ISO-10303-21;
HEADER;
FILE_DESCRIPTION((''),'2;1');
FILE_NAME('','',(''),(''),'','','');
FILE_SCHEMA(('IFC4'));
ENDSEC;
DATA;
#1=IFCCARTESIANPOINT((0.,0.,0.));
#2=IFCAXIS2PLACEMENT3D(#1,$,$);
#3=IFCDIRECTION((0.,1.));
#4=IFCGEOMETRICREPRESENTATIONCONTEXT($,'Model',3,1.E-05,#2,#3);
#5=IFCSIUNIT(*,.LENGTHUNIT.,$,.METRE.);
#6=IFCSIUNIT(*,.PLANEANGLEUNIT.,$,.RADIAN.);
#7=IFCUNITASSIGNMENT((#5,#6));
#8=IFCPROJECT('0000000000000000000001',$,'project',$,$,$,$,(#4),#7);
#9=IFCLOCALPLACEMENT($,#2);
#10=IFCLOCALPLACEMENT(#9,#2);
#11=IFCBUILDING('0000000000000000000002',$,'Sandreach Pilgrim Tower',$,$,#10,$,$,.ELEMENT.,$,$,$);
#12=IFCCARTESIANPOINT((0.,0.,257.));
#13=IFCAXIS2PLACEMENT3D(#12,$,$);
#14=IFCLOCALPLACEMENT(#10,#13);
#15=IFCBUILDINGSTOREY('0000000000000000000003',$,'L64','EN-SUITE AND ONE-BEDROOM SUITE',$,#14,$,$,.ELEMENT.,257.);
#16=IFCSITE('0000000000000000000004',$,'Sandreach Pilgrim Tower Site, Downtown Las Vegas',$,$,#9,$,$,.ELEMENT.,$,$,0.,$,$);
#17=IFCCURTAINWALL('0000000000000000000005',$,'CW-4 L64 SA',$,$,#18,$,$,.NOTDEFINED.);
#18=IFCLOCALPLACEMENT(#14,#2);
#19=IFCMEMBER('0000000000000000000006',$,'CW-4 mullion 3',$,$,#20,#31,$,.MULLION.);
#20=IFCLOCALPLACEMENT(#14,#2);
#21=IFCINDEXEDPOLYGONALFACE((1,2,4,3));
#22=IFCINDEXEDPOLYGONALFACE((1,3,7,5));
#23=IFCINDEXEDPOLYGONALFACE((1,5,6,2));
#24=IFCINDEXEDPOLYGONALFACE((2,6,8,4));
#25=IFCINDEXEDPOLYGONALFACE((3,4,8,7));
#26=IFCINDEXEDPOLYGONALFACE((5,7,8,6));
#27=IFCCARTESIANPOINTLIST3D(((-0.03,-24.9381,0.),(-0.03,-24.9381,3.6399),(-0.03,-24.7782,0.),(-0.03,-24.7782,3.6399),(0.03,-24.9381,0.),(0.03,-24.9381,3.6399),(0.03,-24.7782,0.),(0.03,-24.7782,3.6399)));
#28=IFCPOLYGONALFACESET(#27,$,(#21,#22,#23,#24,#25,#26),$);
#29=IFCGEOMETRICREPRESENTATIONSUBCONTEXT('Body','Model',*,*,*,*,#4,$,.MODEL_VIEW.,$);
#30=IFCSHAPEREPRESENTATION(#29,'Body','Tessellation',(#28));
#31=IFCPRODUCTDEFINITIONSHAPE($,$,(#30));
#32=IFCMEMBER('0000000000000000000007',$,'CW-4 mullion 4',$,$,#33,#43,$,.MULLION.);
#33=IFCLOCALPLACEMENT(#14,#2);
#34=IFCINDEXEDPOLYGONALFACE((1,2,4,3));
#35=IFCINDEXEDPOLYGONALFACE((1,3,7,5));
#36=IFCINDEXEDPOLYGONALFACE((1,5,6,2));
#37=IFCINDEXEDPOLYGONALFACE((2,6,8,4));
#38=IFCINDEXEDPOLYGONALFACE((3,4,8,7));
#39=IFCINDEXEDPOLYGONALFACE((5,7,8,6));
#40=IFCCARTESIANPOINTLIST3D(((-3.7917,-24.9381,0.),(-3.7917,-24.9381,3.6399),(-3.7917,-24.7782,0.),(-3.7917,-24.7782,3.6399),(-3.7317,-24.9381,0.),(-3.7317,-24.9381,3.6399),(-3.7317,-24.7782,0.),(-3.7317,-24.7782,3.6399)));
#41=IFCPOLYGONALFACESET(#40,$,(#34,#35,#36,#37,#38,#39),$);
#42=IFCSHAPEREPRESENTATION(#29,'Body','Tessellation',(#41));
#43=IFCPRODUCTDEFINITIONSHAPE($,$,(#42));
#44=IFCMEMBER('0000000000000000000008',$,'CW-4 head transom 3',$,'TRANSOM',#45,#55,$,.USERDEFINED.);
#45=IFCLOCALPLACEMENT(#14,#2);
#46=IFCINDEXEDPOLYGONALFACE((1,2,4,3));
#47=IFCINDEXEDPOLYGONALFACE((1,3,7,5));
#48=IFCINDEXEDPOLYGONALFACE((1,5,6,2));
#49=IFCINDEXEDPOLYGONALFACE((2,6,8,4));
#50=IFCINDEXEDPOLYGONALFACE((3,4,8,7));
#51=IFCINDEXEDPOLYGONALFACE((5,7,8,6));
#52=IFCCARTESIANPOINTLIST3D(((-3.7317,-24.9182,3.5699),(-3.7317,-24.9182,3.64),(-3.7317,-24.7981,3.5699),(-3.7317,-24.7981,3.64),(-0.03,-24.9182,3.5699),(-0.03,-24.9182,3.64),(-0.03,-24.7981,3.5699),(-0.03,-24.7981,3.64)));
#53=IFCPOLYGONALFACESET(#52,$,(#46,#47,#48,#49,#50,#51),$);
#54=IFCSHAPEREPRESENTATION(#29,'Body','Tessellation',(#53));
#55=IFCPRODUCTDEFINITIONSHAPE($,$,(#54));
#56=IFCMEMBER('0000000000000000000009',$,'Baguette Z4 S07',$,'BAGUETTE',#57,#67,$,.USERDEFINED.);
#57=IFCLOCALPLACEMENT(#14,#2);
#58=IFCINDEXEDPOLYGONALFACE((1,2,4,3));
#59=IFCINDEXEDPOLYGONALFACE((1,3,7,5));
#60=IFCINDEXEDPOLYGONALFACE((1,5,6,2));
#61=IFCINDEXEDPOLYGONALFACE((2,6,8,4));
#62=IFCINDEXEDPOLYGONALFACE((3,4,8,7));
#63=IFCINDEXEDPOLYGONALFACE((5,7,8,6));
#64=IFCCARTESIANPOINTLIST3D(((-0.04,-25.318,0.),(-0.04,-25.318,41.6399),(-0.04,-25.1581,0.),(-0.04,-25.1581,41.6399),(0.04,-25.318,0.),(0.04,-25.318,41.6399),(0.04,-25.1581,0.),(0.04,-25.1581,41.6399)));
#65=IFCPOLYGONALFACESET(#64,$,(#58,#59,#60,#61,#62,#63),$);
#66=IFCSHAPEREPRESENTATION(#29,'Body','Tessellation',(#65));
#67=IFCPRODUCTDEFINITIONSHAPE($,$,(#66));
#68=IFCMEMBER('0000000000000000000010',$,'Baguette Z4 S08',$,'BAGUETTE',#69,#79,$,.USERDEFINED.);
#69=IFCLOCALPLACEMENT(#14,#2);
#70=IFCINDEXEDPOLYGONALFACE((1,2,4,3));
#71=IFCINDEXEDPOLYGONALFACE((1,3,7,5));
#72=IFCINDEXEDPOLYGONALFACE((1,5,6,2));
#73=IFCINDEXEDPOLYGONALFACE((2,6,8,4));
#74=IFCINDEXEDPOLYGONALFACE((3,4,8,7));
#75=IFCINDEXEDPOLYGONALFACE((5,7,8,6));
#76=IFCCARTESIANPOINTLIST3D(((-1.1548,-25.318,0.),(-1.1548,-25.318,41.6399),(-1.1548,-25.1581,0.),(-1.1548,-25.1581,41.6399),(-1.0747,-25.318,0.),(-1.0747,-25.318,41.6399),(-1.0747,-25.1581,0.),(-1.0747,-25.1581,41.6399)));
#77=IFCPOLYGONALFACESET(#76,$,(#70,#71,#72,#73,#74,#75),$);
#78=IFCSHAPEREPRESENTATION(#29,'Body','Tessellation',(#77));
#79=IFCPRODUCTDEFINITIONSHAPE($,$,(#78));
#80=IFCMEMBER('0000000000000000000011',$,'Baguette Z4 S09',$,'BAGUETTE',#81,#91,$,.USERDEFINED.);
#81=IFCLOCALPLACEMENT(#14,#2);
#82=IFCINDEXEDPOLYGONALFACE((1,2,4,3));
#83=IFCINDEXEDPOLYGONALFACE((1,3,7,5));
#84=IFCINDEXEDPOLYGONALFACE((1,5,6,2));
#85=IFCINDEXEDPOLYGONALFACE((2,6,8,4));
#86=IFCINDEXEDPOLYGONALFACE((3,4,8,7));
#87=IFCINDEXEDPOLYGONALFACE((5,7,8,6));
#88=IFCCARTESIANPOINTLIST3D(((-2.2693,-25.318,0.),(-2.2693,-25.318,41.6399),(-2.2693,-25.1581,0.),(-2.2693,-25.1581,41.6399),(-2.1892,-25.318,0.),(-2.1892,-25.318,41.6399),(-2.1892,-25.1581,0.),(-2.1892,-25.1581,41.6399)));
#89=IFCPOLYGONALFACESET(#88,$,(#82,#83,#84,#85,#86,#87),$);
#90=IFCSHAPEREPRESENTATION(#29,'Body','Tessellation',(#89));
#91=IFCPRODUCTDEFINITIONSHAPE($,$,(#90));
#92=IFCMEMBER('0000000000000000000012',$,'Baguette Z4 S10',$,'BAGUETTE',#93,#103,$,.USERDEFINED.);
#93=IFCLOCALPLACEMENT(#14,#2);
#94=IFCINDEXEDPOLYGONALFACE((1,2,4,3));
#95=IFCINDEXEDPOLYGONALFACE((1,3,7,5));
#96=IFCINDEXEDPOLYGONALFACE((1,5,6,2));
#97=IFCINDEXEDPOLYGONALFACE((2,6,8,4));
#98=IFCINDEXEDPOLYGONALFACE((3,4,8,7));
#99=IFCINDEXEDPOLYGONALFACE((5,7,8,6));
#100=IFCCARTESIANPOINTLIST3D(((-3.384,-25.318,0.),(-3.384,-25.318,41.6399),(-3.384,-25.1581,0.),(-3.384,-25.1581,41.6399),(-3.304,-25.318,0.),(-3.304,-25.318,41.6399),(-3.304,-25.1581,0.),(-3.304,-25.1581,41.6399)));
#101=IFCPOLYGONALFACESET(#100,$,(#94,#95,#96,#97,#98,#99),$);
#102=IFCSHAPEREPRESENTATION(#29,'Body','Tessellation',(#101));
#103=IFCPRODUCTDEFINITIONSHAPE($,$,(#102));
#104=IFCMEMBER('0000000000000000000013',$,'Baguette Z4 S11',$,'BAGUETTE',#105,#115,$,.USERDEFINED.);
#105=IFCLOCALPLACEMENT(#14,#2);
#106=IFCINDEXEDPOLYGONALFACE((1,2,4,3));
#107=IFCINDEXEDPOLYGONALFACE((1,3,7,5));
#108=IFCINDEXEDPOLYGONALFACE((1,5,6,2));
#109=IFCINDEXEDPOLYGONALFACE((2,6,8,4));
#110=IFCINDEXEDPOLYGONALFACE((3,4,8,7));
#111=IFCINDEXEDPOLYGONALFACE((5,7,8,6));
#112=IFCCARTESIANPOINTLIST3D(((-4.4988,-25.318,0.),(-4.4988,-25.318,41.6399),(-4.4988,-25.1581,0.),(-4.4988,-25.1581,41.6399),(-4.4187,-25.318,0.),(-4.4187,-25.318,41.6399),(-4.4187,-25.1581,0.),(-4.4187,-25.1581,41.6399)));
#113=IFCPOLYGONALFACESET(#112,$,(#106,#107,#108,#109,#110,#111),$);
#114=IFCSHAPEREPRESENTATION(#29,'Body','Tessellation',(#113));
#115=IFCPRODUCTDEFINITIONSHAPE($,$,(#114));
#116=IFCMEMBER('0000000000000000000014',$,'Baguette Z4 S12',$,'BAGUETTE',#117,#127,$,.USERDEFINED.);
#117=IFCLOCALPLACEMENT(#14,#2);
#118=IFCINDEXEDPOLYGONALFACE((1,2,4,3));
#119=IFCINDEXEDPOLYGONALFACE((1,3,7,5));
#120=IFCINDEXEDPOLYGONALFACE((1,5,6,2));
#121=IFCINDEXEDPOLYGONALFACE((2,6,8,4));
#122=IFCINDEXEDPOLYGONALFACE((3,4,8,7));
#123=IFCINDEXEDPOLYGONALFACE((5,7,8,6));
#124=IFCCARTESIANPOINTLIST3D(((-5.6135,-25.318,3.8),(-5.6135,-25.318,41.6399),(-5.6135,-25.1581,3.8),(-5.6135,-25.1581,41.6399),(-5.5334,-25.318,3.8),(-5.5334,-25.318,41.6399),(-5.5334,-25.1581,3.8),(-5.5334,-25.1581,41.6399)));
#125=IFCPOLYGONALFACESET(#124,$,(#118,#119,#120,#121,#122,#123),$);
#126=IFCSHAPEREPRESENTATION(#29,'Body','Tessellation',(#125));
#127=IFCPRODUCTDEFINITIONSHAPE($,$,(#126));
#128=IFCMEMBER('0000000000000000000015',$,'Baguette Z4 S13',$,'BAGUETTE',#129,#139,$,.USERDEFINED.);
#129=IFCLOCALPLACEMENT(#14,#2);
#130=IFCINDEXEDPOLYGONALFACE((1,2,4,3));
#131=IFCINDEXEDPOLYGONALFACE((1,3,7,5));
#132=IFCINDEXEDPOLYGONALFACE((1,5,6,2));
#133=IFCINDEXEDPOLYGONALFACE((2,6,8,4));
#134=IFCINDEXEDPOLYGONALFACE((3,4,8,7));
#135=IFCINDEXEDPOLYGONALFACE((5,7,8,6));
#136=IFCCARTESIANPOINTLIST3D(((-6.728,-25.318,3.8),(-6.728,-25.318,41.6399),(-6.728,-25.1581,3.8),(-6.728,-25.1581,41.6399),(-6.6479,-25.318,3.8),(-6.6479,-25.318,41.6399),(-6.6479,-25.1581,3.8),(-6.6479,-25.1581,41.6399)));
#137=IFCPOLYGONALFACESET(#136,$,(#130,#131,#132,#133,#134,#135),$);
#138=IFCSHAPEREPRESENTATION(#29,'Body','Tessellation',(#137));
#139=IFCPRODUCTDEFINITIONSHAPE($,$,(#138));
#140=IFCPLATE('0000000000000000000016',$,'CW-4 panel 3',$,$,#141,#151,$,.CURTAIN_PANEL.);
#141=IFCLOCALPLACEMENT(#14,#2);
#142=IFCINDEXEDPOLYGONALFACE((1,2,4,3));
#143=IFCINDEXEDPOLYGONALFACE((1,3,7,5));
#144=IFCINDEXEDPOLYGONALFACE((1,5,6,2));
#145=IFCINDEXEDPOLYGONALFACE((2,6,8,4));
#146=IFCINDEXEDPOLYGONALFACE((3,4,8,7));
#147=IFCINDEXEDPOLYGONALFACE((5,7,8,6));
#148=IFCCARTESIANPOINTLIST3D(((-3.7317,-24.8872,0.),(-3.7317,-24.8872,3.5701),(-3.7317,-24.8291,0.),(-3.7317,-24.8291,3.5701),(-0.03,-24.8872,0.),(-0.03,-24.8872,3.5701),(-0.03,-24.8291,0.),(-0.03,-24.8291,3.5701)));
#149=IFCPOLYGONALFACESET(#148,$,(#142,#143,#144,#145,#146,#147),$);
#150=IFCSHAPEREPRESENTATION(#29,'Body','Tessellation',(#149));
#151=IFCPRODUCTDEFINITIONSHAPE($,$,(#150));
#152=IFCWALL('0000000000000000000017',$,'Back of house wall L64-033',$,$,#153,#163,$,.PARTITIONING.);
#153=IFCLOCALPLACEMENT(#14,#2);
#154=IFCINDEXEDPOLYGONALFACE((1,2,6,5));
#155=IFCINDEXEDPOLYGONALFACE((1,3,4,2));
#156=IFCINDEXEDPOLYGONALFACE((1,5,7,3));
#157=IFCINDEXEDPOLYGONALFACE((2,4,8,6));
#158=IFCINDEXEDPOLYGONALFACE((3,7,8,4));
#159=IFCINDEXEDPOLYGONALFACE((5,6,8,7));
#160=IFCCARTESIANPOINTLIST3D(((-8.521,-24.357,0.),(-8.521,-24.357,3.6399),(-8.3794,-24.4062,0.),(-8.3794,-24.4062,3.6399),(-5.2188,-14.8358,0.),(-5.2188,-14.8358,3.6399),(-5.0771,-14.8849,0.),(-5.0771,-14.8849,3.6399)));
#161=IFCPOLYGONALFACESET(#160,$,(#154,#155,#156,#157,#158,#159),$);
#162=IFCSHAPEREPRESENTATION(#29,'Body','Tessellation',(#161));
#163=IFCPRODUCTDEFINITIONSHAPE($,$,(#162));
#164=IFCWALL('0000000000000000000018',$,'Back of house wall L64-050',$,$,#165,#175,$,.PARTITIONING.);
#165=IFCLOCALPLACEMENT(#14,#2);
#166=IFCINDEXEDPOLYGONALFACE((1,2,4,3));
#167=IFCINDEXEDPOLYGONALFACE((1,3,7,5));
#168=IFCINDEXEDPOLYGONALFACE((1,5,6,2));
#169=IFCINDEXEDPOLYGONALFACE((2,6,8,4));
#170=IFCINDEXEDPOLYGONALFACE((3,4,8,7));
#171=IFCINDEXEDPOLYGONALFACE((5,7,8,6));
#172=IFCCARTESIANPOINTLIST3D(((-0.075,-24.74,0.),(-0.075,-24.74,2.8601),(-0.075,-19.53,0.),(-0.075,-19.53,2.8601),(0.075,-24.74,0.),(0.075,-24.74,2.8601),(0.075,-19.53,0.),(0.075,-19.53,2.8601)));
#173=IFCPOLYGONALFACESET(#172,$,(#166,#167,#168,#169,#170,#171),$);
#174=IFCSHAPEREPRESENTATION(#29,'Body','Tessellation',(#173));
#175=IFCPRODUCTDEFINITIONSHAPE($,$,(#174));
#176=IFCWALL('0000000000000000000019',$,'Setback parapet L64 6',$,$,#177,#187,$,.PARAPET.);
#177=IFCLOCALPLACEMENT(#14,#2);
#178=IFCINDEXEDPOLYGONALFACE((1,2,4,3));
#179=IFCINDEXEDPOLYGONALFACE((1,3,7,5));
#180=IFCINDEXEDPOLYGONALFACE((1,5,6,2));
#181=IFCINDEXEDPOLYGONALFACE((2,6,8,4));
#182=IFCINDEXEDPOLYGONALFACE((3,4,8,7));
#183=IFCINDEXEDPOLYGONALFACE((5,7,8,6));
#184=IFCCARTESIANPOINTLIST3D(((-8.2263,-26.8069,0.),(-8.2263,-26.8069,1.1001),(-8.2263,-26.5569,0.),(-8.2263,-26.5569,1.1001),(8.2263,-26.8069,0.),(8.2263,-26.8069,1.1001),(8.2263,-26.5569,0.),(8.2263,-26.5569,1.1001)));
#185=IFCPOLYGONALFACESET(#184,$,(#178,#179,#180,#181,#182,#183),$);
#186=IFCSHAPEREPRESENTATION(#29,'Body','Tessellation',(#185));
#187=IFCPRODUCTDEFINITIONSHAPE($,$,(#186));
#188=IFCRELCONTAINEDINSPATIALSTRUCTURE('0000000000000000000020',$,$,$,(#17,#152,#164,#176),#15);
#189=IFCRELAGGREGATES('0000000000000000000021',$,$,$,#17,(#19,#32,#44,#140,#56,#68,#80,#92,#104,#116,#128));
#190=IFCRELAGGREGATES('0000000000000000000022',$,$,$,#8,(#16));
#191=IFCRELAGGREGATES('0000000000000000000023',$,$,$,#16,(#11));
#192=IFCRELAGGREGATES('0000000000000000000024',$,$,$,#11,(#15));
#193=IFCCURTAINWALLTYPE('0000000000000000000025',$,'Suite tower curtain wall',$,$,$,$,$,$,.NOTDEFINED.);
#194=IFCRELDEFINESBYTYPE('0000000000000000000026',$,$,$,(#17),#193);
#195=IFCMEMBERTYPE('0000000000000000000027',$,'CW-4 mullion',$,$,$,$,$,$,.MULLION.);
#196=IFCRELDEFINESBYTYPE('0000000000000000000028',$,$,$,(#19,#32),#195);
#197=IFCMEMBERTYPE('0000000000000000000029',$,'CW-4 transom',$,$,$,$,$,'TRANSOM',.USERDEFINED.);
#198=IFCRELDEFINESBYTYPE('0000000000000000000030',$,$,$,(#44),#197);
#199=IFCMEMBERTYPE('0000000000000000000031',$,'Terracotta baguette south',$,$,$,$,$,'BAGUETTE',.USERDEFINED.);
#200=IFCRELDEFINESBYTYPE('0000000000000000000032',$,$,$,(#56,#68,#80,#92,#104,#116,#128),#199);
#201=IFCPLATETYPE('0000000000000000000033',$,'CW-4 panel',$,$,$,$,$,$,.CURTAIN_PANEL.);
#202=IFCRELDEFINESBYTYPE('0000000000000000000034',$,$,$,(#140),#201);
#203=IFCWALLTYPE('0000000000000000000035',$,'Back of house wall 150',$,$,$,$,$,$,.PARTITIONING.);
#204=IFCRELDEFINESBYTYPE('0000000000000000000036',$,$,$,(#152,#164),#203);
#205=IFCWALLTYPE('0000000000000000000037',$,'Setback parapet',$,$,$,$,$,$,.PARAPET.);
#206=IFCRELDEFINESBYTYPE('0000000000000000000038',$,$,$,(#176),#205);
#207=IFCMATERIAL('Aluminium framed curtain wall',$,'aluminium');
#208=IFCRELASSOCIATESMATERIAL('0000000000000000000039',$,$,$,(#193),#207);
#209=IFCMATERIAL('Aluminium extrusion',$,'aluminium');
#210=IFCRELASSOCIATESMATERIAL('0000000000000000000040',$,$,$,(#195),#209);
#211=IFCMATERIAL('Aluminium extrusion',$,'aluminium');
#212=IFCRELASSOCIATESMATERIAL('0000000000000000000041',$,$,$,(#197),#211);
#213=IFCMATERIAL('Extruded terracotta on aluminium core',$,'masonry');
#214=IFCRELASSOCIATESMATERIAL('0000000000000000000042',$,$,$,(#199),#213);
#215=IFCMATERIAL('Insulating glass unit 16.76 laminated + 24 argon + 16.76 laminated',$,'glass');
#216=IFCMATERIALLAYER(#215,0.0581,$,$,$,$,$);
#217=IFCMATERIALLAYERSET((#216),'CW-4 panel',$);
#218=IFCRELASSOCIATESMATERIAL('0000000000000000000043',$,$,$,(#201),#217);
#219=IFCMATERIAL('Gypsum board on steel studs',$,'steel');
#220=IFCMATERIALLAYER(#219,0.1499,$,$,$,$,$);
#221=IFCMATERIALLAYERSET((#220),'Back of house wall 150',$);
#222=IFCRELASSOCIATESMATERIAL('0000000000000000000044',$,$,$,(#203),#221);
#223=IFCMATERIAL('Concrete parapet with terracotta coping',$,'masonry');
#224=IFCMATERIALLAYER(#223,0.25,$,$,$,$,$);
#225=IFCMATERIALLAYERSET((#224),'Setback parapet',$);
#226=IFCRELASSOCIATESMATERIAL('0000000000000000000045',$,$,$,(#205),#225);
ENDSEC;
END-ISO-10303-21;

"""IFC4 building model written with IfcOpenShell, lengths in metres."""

from ifc_helpers import new_model, si_unit, direction, frame, frame_2d, origin, origin_2d, place, context, subcontext, project, spatial, rectangle, extrude, material, layer, layer_set, material_profile, profile_set, type_object, element, aggregate, save


model = new_model("IFC4")

# Units and contexts
model_context = context("Model", 3, precision=1e-05, world=origin(), true_north=direction((0.0, 1.0)))
body_context = subcontext(model_context, "Body", "Model", "MODEL_VIEW")
ifc_project = project(units=[si_unit("LENGTHUNIT", "METRE"), si_unit("PLANEANGLEUNIT", "RADIAN")], contexts=[model_context])

# Site, building, storey
site_placement = place(None, origin())
site = spatial("IfcSite", under=ifc_project, at=site_placement, Name="Sandreach Pilgrim Tower Site, Downtown Las Vegas", CompositionType="ELEMENT", RefElevation=0.0)
building_placement = place(site_placement, origin())
building = spatial("IfcBuilding", under=site, at=building_placement, Name="Sandreach Pilgrim Tower", CompositionType="ELEMENT")
storey_placement = place(building_placement, frame((0.0, 0.0, 257.0)))
storey = spatial("IfcBuildingStorey", under=building, at=storey_placement, Name="L64", Description="EN-SUITE AND ONE-BEDROOM SUITE", CompositionType="ELEMENT", Elevation=257.0)

# Curtain wall, members, plate
ifc_material_1 = material(Name="Aluminium framed curtain wall", Category="aluminium")
curtain_wall_type = type_object("IfcCurtainWallType", Name="Suite tower curtain wall", PredefinedType="NOTDEFINED", material=ifc_material_1)
curtain_wall_placement = place(storey_placement, origin())
curtain_wall = element("IfcCurtainWall", 1, at=curtain_wall_placement, inside=storey, type_object=curtain_wall_type, Name="CW-4 L64 SA", PredefinedType="NOTDEFINED")
ifc_material_2 = material(Name="Aluminium extrusion", Category="aluminium")
ifc_material_profile_1 = material_profile(ifc_material_2, rectangle(XDim=0.0601, YDim=0.1599, at=origin_2d()), Name="CW-4M 60X160")
ifc_profile_set_1 = profile_set([ifc_material_profile_1], Name="Aluminium extrusion")
member_type_1 = type_object("IfcMemberType", Name="CW-4 mullion", PredefinedType="MULLION", material=ifc_profile_set_1)
member_1_placement = place(storey_placement, frame((0.0, -24.8582, 0.0), z_axis=(0.0, 0.0, 1.0), x_axis=(-1.0, 0.0, 0.0)))
member_1 = element("IfcMember", 2, at=member_1_placement, type_object=member_type_1, Name="CW-4 mullion 3", PredefinedType="MULLION", context=body_context, shape_type="SweptSolid", body=[
    extrude(rectangle(XDim=0.0601, YDim=0.1599, at=origin_2d()), origin(), (0.0, 0.0, 1.0), 3.6399),
])
member_2_placement = place(storey_placement, frame((-3.7617, -24.8582, 0.0), z_axis=(0.0, 0.0, 1.0), x_axis=(-1.0, 0.0, 0.0)))
member_2 = element("IfcMember", 3, at=member_2_placement, type_object=member_type_1, Name="CW-4 mullion 4", PredefinedType="MULLION", context=body_context, shape_type="SweptSolid", body=[
    extrude(rectangle(XDim=0.0601, YDim=0.1599, at=origin_2d()), origin(), (0.0, 0.0, 1.0), 3.6399),
])
ifc_material_3 = material(Name="Aluminium extrusion", Category="aluminium")
ifc_material_profile_2 = material_profile(ifc_material_3, rectangle(XDim=0.1201, YDim=0.0701, at=origin_2d()), Name="CW-4T 120X70")
ifc_profile_set_2 = profile_set([ifc_material_profile_2], Name="Aluminium extrusion")
member_type_2 = type_object("IfcMemberType", Name="CW-4 transom", ElementType="TRANSOM", PredefinedType="USERDEFINED", material=ifc_profile_set_2)
member_3_placement = place(storey_placement, frame((-0.03, -24.8582, 3.605), z_axis=(-1.0, 0.0, 0.0), x_axis=(0.0, -1.0, 0.0)))
member_3 = element("IfcMember", 4, at=member_3_placement, type_object=member_type_2, Name="CW-4 head transom 3", ObjectType="TRANSOM", PredefinedType="USERDEFINED", context=body_context, shape_type="SweptSolid", body=[
    extrude(rectangle(XDim=0.1201, YDim=0.0701, at=origin_2d()), origin(), (0.0, 0.0, 1.0), 3.7017),
])
ifc_material_4 = material(Name="Extruded terracotta on aluminium core", Category="masonry")
ifc_material_profile_3 = material_profile(ifc_material_4, rectangle(XDim=0.0801, YDim=0.1599, at=origin_2d()), Name="TBS 80X160")
ifc_profile_set_3 = profile_set([ifc_material_profile_3], Name="Extruded terracotta on aluminium core")
member_type_3 = type_object("IfcMemberType", Name="Terracotta baguette south", ElementType="BAGUETTE", PredefinedType="USERDEFINED", material=ifc_profile_set_3)
member_4_placement = place(storey_placement, frame((0.0, -25.238, 0.0), z_axis=(0.0, 0.0, 1.0), x_axis=(-1.0, 0.0, 0.0)))
member_4 = element("IfcMember", 5, at=member_4_placement, type_object=member_type_3, Name="Baguette Z4 S07", ObjectType="BAGUETTE", PredefinedType="USERDEFINED", context=body_context, shape_type="SweptSolid", body=[
    extrude(rectangle(XDim=0.0801, YDim=0.1599, at=origin_2d()), origin(), (0.0, 0.0, 1.0), 41.6399),
])
member_5_placement = place(storey_placement, frame((-1.1147, -25.238, 0.0), z_axis=(0.0, 0.0, 1.0), x_axis=(-1.0, 0.0, 0.0)))
member_5 = element("IfcMember", 6, at=member_5_placement, type_object=member_type_3, Name="Baguette Z4 S08", ObjectType="BAGUETTE", PredefinedType="USERDEFINED", context=body_context, shape_type="SweptSolid", body=[
    extrude(rectangle(XDim=0.0801, YDim=0.1599, at=origin_2d()), origin(), (0.0, 0.0, 1.0), 41.6399),
])
member_6_placement = place(storey_placement, frame((-2.2292, -25.238, 0.0), z_axis=(0.0, 0.0, 1.0), x_axis=(-1.0, 0.0, 0.0)))
member_6 = element("IfcMember", 7, at=member_6_placement, type_object=member_type_3, Name="Baguette Z4 S09", ObjectType="BAGUETTE", PredefinedType="USERDEFINED", context=body_context, shape_type="SweptSolid", body=[
    extrude(rectangle(XDim=0.0801, YDim=0.1599, at=origin_2d()), origin(), (0.0, 0.0, 1.0), 41.6399),
])
member_7_placement = place(storey_placement, frame((-3.344, -25.238, 0.0), z_axis=(0.0, 0.0, 1.0), x_axis=(-1.0, 0.0, 0.0)))
member_7 = element("IfcMember", 8, at=member_7_placement, type_object=member_type_3, Name="Baguette Z4 S10", ObjectType="BAGUETTE", PredefinedType="USERDEFINED", context=body_context, shape_type="SweptSolid", body=[
    extrude(rectangle(XDim=0.0801, YDim=0.1599, at=origin_2d()), origin(), (0.0, 0.0, 1.0), 41.6399),
])
member_8_placement = place(storey_placement, frame((-4.4587, -25.238, 0.0), z_axis=(0.0, 0.0, 1.0), x_axis=(-1.0, 0.0, 0.0)))
member_8 = element("IfcMember", 9, at=member_8_placement, type_object=member_type_3, Name="Baguette Z4 S11", ObjectType="BAGUETTE", PredefinedType="USERDEFINED", context=body_context, shape_type="SweptSolid", body=[
    extrude(rectangle(XDim=0.0801, YDim=0.1599, at=origin_2d()), origin(), (0.0, 0.0, 1.0), 41.6399),
])
member_9_placement = place(storey_placement, frame((-5.5735, -25.238, 3.8), z_axis=(0.0, 0.0, 1.0), x_axis=(-1.0, 0.0, 0.0)))
member_9 = element("IfcMember", 10, at=member_9_placement, type_object=member_type_3, Name="Baguette Z4 S12", ObjectType="BAGUETTE", PredefinedType="USERDEFINED", context=body_context, shape_type="SweptSolid", body=[
    extrude(rectangle(XDim=0.0801, YDim=0.1599, at=origin_2d()), origin(), (0.0, 0.0, 1.0), 37.8398),
])
member_10_placement = place(storey_placement, frame((-6.688, -25.238, 3.8), z_axis=(0.0, 0.0, 1.0), x_axis=(-1.0, 0.0, 0.0)))
member_10 = element("IfcMember", 11, at=member_10_placement, type_object=member_type_3, Name="Baguette Z4 S13", ObjectType="BAGUETTE", PredefinedType="USERDEFINED", context=body_context, shape_type="SweptSolid", body=[
    extrude(rectangle(XDim=0.0801, YDim=0.1599, at=origin_2d()), origin(), (0.0, 0.0, 1.0), 37.8398),
])
ifc_material_5 = material(Name="Insulating glass unit 16.76 laminated + 24 argon + 16.76 laminated", Category="glass")
ifc_layer_1 = layer(ifc_material_5, 0.0581)
ifc_layer_set_1 = layer_set([ifc_layer_1], Name="CW-4 panel")
plate_type = type_object("IfcPlateType", Name="CW-4 panel", PredefinedType="CURTAIN_PANEL", material=ifc_layer_set_1)
plate_placement = place(storey_placement, frame((-1.8809, -24.8582, 0.0), z_axis=(0.0, 0.0, 1.0), x_axis=(-1.0, 0.0, 0.0)))
plate = element("IfcPlate", 12, at=plate_placement, type_object=plate_type, Name="CW-4 panel 3", PredefinedType="CURTAIN_PANEL", context=body_context, shape_type="SweptSolid", body=[
    extrude(rectangle(XDim=3.7017, YDim=0.0581, at=origin_2d()), origin(), (0.0, 0.0, 1.0), 3.5701),
])
aggregate(curtain_wall, [member_1, member_2, member_3, plate, member_4, member_5, member_6, member_7, member_8, member_9, member_10])

# Walls
ifc_material_6 = material(Name="Gypsum board on steel studs", Category="steel")
ifc_layer_2 = layer(ifc_material_6, 0.1499)
ifc_layer_set_2 = layer_set([ifc_layer_2], Name="Back of house wall 150")
wall_type_1 = type_object("IfcWallType", Name="Back of house wall 150", PredefinedType="PARTITIONING", material=ifc_layer_set_2)
wall_1_placement = place(storey_placement, frame((-8.4502, -24.3816, 0.0), z_axis=(0.0, 0.0, 1.0), x_axis=(0.32768, 0.944789, 0.0)))
element("IfcWall", 13, at=wall_1_placement, inside=storey, type_object=wall_type_1, Name="Back of house wall L64-033", PredefinedType="PARTITIONING", context=body_context, shape_type="SweptSolid", body=[
    extrude(rectangle(XDim=10.0776, YDim=0.1499, at=frame_2d((5.0388, 0.0))), origin(), (0.0, 0.0, 1.0), 3.6399),
])
wall_2_placement = place(storey_placement, frame((0.0, -24.74, 0.0), z_axis=(0.0, 0.0, 1.0), x_axis=(0.0, 1.0, 0.0)))
element("IfcWall", 14, at=wall_2_placement, inside=storey, type_object=wall_type_1, Name="Back of house wall L64-050", PredefinedType="PARTITIONING", context=body_context, shape_type="SweptSolid", body=[
    extrude(rectangle(XDim=5.21, YDim=0.1499, at=frame_2d((2.605, 0.0))), origin(), (0.0, 0.0, 1.0), 2.8601),
])

# Wall
ifc_material_7 = material(Name="Concrete parapet with terracotta coping", Category="masonry")
ifc_layer_3 = layer(ifc_material_7, 0.25)
ifc_layer_set_3 = layer_set([ifc_layer_3], Name="Setback parapet")
wall_type_2 = type_object("IfcWallType", Name="Setback parapet", PredefinedType="PARAPET", material=ifc_layer_set_3)
wall_3_placement = place(storey_placement, frame((-8.2263, -26.6819, 0.0), z_axis=(0.0, 0.0, 1.0), x_axis=(1.0, 0.0, 0.0)))
element("IfcWall", 15, at=wall_3_placement, inside=storey, type_object=wall_type_2, Name="Setback parapet L64 6", PredefinedType="PARAPET", context=body_context, shape_type="SweptSolid", body=[
    extrude(rectangle(XDim=16.4526, YDim=0.25, at=frame_2d((8.2263, 0.0))), origin(), (0.0, 0.0, 1.0), 1.1001),
])

save(model, "model.ifc")
